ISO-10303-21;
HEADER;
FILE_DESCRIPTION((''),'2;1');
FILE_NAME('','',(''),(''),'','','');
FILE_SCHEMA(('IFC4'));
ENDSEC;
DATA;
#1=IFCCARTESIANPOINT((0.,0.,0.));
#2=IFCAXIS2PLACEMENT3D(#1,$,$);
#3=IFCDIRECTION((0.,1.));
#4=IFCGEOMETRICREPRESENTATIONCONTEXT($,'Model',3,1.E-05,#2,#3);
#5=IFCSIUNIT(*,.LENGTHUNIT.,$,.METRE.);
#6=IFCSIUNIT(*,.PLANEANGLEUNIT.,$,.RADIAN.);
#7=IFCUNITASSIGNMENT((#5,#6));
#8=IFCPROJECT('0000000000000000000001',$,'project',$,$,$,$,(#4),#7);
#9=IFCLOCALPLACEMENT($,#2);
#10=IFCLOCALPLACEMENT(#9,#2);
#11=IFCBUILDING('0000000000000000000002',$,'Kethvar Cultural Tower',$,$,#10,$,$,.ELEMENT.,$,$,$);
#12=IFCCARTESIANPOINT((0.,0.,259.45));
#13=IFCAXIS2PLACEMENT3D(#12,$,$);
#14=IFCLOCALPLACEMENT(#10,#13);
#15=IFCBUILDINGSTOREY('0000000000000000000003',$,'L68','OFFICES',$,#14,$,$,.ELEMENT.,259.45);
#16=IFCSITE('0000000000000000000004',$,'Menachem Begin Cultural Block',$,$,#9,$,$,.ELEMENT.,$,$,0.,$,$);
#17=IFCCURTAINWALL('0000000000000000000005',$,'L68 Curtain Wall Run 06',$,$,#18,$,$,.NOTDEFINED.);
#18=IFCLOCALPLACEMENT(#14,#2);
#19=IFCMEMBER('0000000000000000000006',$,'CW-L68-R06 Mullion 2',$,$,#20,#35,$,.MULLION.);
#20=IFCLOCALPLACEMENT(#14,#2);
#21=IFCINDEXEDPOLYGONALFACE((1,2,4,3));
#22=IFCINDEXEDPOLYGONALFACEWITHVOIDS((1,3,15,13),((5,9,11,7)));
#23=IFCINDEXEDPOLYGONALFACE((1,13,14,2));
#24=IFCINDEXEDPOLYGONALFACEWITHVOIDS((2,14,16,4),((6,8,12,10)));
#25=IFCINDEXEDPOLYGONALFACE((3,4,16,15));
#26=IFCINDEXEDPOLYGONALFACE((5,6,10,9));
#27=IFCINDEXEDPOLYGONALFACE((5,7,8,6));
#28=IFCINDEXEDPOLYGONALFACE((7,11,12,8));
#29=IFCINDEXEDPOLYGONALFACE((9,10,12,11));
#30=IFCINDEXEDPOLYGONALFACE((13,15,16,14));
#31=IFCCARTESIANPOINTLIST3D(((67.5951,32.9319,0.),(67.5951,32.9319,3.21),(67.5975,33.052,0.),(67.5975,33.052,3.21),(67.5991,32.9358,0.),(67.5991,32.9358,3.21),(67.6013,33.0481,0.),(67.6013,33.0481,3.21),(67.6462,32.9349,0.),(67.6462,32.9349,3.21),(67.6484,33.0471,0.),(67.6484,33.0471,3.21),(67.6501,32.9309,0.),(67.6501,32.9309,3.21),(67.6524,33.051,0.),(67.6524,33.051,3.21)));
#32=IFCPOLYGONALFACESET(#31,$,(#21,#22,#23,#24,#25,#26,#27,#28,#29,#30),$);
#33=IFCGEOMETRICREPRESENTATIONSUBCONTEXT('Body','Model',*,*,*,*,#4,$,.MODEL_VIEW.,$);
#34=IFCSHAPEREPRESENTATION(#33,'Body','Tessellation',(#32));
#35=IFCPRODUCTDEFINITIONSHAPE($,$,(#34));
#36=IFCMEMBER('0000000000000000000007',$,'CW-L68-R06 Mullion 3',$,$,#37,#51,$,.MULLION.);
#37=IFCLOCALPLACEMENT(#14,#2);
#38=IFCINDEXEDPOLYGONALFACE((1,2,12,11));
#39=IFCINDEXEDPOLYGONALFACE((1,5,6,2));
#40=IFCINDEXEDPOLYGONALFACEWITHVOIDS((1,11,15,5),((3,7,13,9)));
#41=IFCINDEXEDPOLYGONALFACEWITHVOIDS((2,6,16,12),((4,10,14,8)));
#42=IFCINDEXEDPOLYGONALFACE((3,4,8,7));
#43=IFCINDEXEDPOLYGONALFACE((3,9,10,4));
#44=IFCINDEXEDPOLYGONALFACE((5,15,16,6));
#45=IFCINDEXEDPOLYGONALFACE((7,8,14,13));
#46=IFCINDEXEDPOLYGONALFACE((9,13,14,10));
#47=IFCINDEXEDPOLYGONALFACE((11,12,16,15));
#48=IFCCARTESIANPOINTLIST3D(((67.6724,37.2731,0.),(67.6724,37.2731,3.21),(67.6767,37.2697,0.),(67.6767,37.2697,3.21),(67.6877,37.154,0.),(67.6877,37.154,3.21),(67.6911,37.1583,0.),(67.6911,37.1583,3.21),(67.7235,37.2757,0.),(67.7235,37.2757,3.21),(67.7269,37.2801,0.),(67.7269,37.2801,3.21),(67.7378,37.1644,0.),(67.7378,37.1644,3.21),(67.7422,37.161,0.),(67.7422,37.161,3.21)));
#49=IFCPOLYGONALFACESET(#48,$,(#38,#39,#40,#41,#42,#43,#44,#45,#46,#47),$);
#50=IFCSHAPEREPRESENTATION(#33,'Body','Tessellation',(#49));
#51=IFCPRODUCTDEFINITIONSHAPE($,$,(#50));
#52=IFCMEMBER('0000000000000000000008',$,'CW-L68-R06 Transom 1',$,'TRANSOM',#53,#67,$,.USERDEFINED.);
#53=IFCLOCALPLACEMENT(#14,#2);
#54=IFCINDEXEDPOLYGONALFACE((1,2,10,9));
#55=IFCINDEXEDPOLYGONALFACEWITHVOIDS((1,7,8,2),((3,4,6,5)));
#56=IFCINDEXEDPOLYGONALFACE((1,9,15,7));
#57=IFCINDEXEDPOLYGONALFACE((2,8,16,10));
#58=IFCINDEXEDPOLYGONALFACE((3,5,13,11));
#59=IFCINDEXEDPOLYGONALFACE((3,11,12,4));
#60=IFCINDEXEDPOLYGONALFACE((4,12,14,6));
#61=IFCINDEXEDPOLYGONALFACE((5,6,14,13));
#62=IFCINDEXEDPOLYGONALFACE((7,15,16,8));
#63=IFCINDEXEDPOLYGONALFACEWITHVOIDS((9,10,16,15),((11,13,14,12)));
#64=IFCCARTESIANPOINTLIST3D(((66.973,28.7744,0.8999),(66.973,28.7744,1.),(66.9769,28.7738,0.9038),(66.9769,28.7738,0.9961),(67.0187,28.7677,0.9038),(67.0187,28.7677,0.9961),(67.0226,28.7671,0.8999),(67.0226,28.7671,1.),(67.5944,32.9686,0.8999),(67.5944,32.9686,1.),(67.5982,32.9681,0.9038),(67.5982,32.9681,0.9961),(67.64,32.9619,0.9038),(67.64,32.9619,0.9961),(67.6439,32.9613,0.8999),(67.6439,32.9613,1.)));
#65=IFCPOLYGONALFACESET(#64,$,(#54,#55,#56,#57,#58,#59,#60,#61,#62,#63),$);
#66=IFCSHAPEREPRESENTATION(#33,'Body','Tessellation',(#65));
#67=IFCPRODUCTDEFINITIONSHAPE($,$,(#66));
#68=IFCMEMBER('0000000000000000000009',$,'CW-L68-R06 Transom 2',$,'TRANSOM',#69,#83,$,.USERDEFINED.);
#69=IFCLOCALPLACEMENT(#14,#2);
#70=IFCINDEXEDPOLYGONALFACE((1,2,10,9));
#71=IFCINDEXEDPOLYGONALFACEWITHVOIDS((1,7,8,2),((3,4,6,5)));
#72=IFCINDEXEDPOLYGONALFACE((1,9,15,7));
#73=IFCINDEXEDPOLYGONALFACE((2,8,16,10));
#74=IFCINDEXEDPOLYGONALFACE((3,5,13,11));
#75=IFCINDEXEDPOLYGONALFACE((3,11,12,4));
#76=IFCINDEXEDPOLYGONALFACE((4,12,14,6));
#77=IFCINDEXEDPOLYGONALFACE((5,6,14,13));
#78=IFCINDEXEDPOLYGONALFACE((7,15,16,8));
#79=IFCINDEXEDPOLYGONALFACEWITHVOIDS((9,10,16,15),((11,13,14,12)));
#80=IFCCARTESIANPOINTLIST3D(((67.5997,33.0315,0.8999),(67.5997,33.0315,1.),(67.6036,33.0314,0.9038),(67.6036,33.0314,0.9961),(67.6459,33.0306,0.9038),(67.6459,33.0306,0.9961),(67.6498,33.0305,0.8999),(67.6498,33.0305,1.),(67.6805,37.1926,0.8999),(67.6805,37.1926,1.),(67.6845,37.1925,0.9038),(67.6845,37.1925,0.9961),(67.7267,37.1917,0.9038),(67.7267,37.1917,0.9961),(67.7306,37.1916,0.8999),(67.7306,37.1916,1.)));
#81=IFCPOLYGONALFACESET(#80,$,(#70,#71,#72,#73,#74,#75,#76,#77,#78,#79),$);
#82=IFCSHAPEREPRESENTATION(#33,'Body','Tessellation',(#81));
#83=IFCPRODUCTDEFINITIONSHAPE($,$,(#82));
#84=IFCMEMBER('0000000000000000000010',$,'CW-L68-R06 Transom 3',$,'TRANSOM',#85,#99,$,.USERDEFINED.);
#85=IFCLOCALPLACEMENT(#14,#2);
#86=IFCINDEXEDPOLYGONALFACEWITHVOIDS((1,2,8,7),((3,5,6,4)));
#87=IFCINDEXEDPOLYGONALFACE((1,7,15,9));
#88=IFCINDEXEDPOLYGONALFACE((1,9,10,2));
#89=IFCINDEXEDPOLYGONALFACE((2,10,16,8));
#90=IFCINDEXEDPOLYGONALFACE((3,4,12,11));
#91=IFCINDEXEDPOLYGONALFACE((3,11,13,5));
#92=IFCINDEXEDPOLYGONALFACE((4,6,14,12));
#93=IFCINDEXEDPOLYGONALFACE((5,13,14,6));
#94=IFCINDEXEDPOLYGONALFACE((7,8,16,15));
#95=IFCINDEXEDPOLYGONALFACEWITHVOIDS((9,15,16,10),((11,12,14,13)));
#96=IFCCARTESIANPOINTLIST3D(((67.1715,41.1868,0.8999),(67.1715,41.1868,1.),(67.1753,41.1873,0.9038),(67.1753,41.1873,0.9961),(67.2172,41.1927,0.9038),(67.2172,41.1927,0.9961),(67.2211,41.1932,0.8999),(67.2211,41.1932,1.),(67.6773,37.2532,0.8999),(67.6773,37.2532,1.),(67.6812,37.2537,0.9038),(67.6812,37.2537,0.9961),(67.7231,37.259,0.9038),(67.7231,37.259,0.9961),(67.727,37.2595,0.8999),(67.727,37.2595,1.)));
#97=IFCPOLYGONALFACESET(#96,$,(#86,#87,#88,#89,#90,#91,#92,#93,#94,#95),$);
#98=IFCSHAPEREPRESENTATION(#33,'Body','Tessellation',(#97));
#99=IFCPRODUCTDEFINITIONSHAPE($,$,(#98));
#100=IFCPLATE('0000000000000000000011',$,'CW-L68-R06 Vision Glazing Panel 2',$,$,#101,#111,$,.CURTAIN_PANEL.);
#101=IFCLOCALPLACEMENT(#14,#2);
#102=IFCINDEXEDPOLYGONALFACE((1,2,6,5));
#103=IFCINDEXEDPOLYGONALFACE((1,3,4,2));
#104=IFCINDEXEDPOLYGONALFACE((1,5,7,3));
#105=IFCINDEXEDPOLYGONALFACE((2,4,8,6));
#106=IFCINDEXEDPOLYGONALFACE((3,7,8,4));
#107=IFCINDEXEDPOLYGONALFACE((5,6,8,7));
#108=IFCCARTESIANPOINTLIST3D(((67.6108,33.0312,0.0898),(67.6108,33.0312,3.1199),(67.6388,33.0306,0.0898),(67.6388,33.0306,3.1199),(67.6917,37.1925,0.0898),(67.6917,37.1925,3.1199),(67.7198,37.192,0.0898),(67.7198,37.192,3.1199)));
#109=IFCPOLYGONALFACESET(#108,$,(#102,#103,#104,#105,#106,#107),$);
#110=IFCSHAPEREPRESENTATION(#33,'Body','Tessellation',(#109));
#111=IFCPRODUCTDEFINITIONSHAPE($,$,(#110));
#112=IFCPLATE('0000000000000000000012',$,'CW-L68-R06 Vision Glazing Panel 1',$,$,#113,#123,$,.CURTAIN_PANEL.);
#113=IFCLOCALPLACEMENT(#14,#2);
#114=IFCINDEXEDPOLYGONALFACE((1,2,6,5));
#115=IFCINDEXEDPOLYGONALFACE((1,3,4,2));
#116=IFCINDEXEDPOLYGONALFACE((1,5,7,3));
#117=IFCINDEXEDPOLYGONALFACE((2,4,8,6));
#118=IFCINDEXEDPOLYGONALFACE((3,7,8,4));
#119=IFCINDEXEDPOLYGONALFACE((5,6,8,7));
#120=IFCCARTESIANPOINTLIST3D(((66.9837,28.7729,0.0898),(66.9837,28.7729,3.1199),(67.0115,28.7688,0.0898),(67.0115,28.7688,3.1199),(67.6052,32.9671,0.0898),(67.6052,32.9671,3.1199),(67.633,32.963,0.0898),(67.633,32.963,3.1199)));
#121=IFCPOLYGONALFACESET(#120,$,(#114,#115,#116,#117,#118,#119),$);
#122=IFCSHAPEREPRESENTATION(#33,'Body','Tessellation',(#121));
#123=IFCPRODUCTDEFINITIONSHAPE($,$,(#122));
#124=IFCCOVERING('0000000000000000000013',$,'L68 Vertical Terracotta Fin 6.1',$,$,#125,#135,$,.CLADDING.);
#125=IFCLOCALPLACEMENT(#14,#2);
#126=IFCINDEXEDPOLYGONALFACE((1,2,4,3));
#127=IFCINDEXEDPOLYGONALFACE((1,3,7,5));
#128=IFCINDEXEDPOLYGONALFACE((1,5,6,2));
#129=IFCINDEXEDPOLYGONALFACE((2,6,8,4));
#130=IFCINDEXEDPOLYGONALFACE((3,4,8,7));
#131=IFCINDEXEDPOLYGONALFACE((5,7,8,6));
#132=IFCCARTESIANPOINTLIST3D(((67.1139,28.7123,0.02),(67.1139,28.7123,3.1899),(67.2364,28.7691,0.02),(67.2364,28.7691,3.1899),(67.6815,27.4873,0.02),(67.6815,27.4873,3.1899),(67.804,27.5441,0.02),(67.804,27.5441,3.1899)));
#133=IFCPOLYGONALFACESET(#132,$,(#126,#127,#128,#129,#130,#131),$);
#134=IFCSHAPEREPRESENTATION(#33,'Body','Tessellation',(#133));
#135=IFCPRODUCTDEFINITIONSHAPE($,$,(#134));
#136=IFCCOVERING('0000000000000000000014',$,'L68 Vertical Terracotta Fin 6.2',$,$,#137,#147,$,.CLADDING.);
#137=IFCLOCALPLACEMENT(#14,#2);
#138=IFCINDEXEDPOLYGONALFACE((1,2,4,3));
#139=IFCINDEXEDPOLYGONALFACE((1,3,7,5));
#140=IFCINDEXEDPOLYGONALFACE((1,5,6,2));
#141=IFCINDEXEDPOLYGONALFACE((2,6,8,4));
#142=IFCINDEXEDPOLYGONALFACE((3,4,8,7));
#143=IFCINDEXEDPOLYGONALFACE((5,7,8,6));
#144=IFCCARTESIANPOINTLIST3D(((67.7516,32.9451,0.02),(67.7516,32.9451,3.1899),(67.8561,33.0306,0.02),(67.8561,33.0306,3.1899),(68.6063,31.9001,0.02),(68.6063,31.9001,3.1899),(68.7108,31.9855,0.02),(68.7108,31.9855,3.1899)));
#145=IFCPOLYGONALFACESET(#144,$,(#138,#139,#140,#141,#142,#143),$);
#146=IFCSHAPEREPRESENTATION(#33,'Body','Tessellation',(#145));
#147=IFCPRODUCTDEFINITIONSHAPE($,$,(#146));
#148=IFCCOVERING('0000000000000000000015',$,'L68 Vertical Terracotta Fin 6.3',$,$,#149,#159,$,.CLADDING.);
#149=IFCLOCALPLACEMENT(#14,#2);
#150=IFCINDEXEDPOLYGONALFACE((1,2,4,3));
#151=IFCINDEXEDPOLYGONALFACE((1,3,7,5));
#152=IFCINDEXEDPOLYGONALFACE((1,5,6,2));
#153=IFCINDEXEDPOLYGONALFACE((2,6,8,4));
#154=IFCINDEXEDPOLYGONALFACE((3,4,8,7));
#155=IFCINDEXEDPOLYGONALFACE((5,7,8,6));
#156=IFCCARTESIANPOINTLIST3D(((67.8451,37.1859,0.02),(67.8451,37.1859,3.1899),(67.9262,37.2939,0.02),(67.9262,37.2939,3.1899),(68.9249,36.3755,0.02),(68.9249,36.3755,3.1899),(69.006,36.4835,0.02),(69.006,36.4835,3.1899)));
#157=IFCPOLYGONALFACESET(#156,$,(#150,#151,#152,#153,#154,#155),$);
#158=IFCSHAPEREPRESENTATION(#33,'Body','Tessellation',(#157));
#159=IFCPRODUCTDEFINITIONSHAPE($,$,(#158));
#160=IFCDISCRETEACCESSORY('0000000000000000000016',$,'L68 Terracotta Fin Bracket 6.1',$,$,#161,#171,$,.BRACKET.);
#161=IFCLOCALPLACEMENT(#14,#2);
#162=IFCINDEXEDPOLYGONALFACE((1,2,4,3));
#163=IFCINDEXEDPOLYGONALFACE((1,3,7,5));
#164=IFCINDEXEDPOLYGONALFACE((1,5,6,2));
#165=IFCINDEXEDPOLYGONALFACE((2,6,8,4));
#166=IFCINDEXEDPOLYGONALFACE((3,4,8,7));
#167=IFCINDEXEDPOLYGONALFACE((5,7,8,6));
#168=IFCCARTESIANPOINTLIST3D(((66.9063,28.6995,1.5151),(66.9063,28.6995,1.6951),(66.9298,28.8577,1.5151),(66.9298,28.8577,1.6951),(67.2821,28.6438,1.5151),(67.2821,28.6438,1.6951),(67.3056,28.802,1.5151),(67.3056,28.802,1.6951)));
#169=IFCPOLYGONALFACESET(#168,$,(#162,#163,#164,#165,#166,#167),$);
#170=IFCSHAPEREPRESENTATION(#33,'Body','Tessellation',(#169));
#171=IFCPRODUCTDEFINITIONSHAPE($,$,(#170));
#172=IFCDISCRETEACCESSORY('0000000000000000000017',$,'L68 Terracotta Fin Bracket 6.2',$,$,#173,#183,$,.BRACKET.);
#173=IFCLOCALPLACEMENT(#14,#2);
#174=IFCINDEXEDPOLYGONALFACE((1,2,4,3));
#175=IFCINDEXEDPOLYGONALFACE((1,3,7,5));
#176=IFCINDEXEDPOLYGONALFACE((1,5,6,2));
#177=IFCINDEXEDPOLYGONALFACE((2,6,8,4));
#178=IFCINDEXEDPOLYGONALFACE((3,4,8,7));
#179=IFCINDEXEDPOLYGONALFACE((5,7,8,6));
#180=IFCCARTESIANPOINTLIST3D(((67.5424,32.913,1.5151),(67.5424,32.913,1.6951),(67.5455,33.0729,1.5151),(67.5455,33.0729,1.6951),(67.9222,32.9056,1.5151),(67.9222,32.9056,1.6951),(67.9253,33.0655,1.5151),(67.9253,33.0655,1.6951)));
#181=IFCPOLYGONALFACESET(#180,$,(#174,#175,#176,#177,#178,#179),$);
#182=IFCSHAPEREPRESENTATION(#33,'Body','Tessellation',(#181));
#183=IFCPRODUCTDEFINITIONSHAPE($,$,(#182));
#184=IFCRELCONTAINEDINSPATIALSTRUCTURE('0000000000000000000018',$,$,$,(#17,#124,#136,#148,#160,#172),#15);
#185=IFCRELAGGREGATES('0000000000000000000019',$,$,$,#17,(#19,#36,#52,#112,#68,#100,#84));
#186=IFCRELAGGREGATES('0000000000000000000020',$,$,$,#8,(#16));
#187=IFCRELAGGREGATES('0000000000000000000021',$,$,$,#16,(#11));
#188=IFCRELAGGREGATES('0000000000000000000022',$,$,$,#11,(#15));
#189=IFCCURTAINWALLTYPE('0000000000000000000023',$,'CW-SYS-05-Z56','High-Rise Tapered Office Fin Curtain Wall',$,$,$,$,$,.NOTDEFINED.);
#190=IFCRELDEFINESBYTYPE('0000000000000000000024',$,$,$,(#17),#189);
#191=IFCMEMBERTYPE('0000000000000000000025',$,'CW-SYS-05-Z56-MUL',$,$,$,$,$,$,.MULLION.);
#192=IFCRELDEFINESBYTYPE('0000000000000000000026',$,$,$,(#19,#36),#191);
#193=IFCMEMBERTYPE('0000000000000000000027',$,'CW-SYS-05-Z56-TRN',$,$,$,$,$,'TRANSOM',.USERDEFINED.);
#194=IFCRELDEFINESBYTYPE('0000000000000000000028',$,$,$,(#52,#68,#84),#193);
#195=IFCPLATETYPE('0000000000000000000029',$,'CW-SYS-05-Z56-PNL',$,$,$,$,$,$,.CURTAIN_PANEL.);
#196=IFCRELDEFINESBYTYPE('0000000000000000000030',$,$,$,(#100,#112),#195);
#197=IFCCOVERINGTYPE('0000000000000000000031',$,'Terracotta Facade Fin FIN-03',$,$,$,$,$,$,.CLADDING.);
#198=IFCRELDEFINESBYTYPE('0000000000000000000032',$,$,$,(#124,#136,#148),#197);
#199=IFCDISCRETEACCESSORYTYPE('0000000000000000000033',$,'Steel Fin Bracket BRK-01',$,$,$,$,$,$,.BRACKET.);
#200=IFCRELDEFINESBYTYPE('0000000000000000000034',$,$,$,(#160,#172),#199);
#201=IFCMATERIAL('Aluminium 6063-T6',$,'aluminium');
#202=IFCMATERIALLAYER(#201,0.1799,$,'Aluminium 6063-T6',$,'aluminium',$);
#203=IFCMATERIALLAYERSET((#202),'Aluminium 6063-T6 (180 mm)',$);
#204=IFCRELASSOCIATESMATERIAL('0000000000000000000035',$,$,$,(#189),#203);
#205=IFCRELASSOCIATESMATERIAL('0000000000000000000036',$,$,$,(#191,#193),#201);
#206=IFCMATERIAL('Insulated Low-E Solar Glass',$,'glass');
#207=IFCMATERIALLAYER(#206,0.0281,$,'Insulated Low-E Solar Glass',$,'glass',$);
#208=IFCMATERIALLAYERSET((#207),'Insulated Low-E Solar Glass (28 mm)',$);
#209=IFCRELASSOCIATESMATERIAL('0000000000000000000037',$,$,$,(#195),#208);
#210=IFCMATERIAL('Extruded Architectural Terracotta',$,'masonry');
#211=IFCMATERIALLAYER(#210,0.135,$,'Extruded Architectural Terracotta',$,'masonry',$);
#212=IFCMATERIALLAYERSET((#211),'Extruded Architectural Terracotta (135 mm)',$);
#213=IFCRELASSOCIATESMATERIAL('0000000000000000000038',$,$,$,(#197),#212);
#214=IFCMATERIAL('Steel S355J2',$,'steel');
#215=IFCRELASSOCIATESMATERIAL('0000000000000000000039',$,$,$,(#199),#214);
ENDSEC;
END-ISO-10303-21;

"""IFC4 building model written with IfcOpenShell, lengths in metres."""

from ifc_helpers import new_model, si_unit, direction, frame, origin, origin_2d, place, context, subcontext, project, spatial, rectangle, hollow_rectangle, extrude, source, transform, mapped, material, layer, layer_set, material_profile, profile_set, type_object, element, aggregate, save


model = new_model("IFC4")

# Units and contexts
model_context = context("Model", 3, precision=1e-05, world=origin(), true_north=direction((0.0, 1.0)))
body_context = subcontext(model_context, "Body", "Model", "MODEL_VIEW")
ifc_project = project(units=[si_unit("LENGTHUNIT", "METRE"), si_unit("PLANEANGLEUNIT", "RADIAN")], contexts=[model_context])

# Site, building, storey
site_placement = place(None, origin())
site = spatial("IfcSite", under=ifc_project, at=site_placement, Name="Menachem Begin Cultural Block", CompositionType="ELEMENT", RefElevation=0.0)
building_placement = place(site_placement, origin())
building = spatial("IfcBuilding", under=site, at=building_placement, Name="Kethvar Cultural Tower", CompositionType="ELEMENT")
storey_placement = place(building_placement, frame((0.0, 0.0, 259.45)))
storey = spatial("IfcBuildingStorey", under=building, at=storey_placement, Name="L68", Description="OFFICES", CompositionType="ELEMENT", Elevation=259.45)

# Curtain wall, members, plates
ifc_material_1 = material(Name="Aluminium 6063-T6", Category="aluminium")
ifc_layer_1 = layer(ifc_material_1, 0.1799, Name="Aluminium 6063-T6", Category="aluminium")
ifc_layer_set_1 = layer_set([ifc_layer_1], Name="Aluminium 6063-T6 (180 mm)")
curtain_wall_type = type_object("IfcCurtainWallType", Name="CW-SYS-05-Z56", Description="High-Rise Tapered Office Fin Curtain Wall", PredefinedType="NOTDEFINED", material=ifc_layer_set_1)
curtain_wall_placement = place(storey_placement, origin())
curtain_wall = element("IfcCurtainWall", 1, at=curtain_wall_placement, inside=storey, type_object=curtain_wall_type, Name="L68 Curtain Wall Run 06", PredefinedType="NOTDEFINED")
ifc_material_profile_1 = material_profile(ifc_material_1, hollow_rectangle(XDim=0.0549, YDim=0.1201, WallThickness=0.0039, at=origin_2d()), Name="Aluminium 6063-T6 — RHS120x55x4")
ifc_profile_set_1 = profile_set([ifc_material_profile_1], Name="Aluminium 6063-T6 — RHS120x55x4")
member_type_1 = type_object("IfcMemberType", Name="CW-SYS-05-Z56-MUL", PredefinedType="MULLION", material=ifc_profile_set_1)
shared_shape_1 = source(origin(), body_context, "Body", "SweptSolid", [
    extrude(hollow_rectangle(XDim=0.0549, YDim=0.1201, WallThickness=0.0039, at=origin_2d()), origin(), (0.0, 0.0, 1.0), 3.21),
])
member_1_placement = place(storey_placement, frame((67.6238, 32.9915, 0.0), z_axis=(0.0, 0.0, 1.0), x_axis=(-0.999811, 0.019459, 0.0)))
member_1 = element("IfcMember", 2, at=member_1_placement, type_object=member_type_1, Name="CW-L68-R06 Mullion 2", PredefinedType="MULLION", context=body_context, shape_type="MappedRepresentation", body=[
    mapped(shared_shape_1, transform((0.0, 0.0, 0.0), scale=1.0)),
])
member_2_placement = place(storey_placement, frame((67.7073, 37.217, 0.0), z_axis=(0.0, 0.0, 1.0), x_axis=(-0.991828, -0.127584, 0.0)))
member_2 = element("IfcMember", 3, at=member_2_placement, type_object=member_type_1, Name="CW-L68-R06 Mullion 3", PredefinedType="MULLION", context=body_context, shape_type="MappedRepresentation", body=[
    mapped(shared_shape_1, transform((0.0, 0.0, 0.0), scale=1.0)),
])
ifc_material_profile_2 = material_profile(ifc_material_1, hollow_rectangle(XDim=0.05, YDim=0.1001, WallThickness=0.0039, at=origin_2d()), Name="Aluminium 6063-T6 — RHS100x50x4")
ifc_profile_set_2 = profile_set([ifc_material_profile_2], Name="Aluminium 6063-T6 — RHS100x50x4")
member_type_2 = type_object("IfcMemberType", Name="CW-SYS-05-Z56-TRN", ElementType="TRANSOM", PredefinedType="USERDEFINED", material=ifc_profile_set_2)
shared_shape_2 = source(origin(), body_context, "Body", "SweptSolid", [
    extrude(hollow_rectangle(XDim=0.05, YDim=0.1001, WallThickness=0.0039, at=origin_2d()), origin(), (0.0, 0.0, 1.0), 4.24),
])
member_3_placement = place(storey_placement, frame((66.9978, 28.7708, 0.95), z_axis=(0.146538, 0.989205, 0.0), x_axis=(-0.989205, 0.146538, 0.0)))
member_3 = element("IfcMember", 4, at=member_3_placement, type_object=member_type_2, Name="CW-L68-R06 Transom 1", ObjectType="TRANSOM", PredefinedType="USERDEFINED", context=body_context, shape_type="MappedRepresentation", body=[
    mapped(shared_shape_2, transform((0.0, 0.0, 0.0), scale=1.0)),
])
shared_shape_3 = source(origin(), body_context, "Body", "SweptSolid", [
    extrude(hollow_rectangle(XDim=0.05, YDim=0.1001, WallThickness=0.0039, at=origin_2d()), origin(), (0.0, 0.0, 1.0), 4.1619),
])
member_4_placement = place(storey_placement, frame((67.6248, 33.031, 0.95), z_axis=(0.019417, 0.999811, 0.0), x_axis=(-0.999811, 0.019417, 0.0)))
member_4 = element("IfcMember", 5, at=member_4_placement, type_object=member_type_2, Name="CW-L68-R06 Transom 2", ObjectType="TRANSOM", PredefinedType="USERDEFINED", context=body_context, shape_type="MappedRepresentation", body=[
    mapped(shared_shape_3, transform((0.0, 0.0, 0.0), scale=1.0)),
])
shared_shape_4 = source(origin(), body_context, "Body", "SweptSolid", [
    extrude(hollow_rectangle(XDim=0.05, YDim=0.1001, WallThickness=0.0039, at=origin_2d()), origin(), (0.0, 0.0, 1.0), 3.9661),
])
member_5_placement = place(storey_placement, frame((67.7021, 37.2563, 0.95), z_axis=(-0.127549, 0.991832, 0.0), x_axis=(-0.991832, -0.127549, 0.0)))
member_5 = element("IfcMember", 6, at=member_5_placement, type_object=member_type_2, Name="CW-L68-R06 Transom 3", ObjectType="TRANSOM", PredefinedType="USERDEFINED", context=body_context, shape_type="MappedRepresentation", body=[
    mapped(shared_shape_4, transform((0.0, 0.0, 0.0), scale=1.0)),
])
ifc_material_2 = material(Name="Insulated Low-E Solar Glass", Category="glass")
ifc_layer_2 = layer(ifc_material_2, 0.0281, Name="Insulated Low-E Solar Glass", Category="glass")
ifc_layer_set_2 = layer_set([ifc_layer_2], Name="Insulated Low-E Solar Glass (28 mm)")
plate_type = type_object("IfcPlateType", Name="CW-SYS-05-Z56-PNL", PredefinedType="CURTAIN_PANEL", material=ifc_layer_set_2)
shared_shape_5 = source(origin(), body_context, "Body", "SweptSolid", [
    extrude(rectangle(XDim=4.1621, YDim=0.0281, at=origin_2d()), origin(), (0.0, 0.0, 1.0), 3.03),
])
plate_1_placement = place(storey_placement, frame((67.6653, 35.1116, 0.0898), z_axis=(0.0, 0.0, 1.0), x_axis=(0.019459, 0.999811, 0.0)))
plate_1 = element("IfcPlate", 7, at=plate_1_placement, type_object=plate_type, Name="CW-L68-R06 Vision Glazing Panel 2", PredefinedType="CURTAIN_PANEL", context=body_context, shape_type="MappedRepresentation", body=[
    mapped(shared_shape_5, transform((0.0, 0.0, 0.0), scale=1.0)),
])
shared_shape_6 = source(origin(), body_context, "Body", "SweptSolid", [
    extrude(rectangle(XDim=4.24, YDim=0.0281, at=origin_2d()), origin(), (0.0, 0.0, 1.0), 3.03),
])
plate_2_placement = place(storey_placement, frame((67.3083, 30.8679, 0.0898), z_axis=(0.0, 0.0, 1.0), x_axis=(0.146584, 0.989198, 0.0)))
plate_2 = element("IfcPlate", 8, at=plate_2_placement, type_object=plate_type, Name="CW-L68-R06 Vision Glazing Panel 1", PredefinedType="CURTAIN_PANEL", context=body_context, shape_type="MappedRepresentation", body=[
    mapped(shared_shape_6, transform((0.0, 0.0, 0.0), scale=1.0)),
])
aggregate(curtain_wall, [member_1, member_2, member_3, plate_2, member_4, plate_1, member_5])

# Coverings
ifc_material_3 = material(Name="Extruded Architectural Terracotta", Category="masonry")
ifc_layer_3 = layer(ifc_material_3, 0.135, Name="Extruded Architectural Terracotta", Category="masonry")
ifc_layer_set_3 = layer_set([ifc_layer_3], Name="Extruded Architectural Terracotta (135 mm)")
covering_type = type_object("IfcCoveringType", Name="Terracotta Facade Fin FIN-03", PredefinedType="CLADDING", material=ifc_layer_set_3)
shared_shape_7 = source(origin(), body_context, "Body", "SweptSolid", [
    extrude(rectangle(XDim=1.3501, YDim=0.135, at=origin_2d()), origin(), (0.0, 0.0, 1.0), 3.1699),
])
for number, where, z_axis, x_axis, name in (
    (9, (67.459, 28.1282, 0.02), (0.0, 0.0, 1.0), (0.420402, -0.907338, 0.0), "L68 Vertical Terracotta Fin 6.1"),
    (10, (68.2312, 32.4653, 0.02), (0.0, 0.0, 1.0), (0.633111, -0.774061, 0.0), "L68 Vertical Terracotta Fin 6.2"),
    (11, (68.4255, 36.8347, 0.02), (0.0, 0.0, 1.0), (0.799789, -0.600281, 0.0), "L68 Vertical Terracotta Fin 6.3"),
):
    element("IfcCovering", number, at=place(storey_placement, frame(where, z_axis=z_axis, x_axis=x_axis)), inside=storey, type_object=covering_type, Name=name, PredefinedType="CLADDING", context=body_context, shape_type="MappedRepresentation", body=[
        mapped(shared_shape_7, transform((0.0, 0.0, 0.0), scale=1.0)),
    ])

# Discrete accessories
ifc_material_4 = material(Name="Steel S355J2", Category="steel")
discrete_accessory_type = type_object("IfcDiscreteAccessoryType", Name="Steel Fin Bracket BRK-01", PredefinedType="BRACKET", material=ifc_material_4)
shared_shape_8 = source(origin(), body_context, "Body", "SweptSolid", [
    extrude(rectangle(XDim=0.3799, YDim=0.1599, at=origin_2d()), origin(), (0.0, 0.0, 1.0), 0.1799),
])
for number, where, z_axis, x_axis, name in (
    (12, (67.106, 28.7507, 1.5151), (0.0, 0.0, 1.0), (0.989196, -0.146601, 0.0), "L68 Terracotta Fin Bracket 6.1"),
    (13, (67.7339, 32.9893, 1.5151), (0.0, 0.0, 1.0), (0.999812, -0.019372, 0.0), "L68 Terracotta Fin Bracket 6.2"),
):
    element("IfcDiscreteAccessory", number, at=place(storey_placement, frame(where, z_axis=z_axis, x_axis=x_axis)), inside=storey, type_object=discrete_accessory_type, Name=name, PredefinedType="BRACKET", context=body_context, shape_type="MappedRepresentation", body=[
        mapped(shared_shape_8, transform((0.0, 0.0, 0.0), scale=1.0)),
    ])

save(model, "model.ifc")
